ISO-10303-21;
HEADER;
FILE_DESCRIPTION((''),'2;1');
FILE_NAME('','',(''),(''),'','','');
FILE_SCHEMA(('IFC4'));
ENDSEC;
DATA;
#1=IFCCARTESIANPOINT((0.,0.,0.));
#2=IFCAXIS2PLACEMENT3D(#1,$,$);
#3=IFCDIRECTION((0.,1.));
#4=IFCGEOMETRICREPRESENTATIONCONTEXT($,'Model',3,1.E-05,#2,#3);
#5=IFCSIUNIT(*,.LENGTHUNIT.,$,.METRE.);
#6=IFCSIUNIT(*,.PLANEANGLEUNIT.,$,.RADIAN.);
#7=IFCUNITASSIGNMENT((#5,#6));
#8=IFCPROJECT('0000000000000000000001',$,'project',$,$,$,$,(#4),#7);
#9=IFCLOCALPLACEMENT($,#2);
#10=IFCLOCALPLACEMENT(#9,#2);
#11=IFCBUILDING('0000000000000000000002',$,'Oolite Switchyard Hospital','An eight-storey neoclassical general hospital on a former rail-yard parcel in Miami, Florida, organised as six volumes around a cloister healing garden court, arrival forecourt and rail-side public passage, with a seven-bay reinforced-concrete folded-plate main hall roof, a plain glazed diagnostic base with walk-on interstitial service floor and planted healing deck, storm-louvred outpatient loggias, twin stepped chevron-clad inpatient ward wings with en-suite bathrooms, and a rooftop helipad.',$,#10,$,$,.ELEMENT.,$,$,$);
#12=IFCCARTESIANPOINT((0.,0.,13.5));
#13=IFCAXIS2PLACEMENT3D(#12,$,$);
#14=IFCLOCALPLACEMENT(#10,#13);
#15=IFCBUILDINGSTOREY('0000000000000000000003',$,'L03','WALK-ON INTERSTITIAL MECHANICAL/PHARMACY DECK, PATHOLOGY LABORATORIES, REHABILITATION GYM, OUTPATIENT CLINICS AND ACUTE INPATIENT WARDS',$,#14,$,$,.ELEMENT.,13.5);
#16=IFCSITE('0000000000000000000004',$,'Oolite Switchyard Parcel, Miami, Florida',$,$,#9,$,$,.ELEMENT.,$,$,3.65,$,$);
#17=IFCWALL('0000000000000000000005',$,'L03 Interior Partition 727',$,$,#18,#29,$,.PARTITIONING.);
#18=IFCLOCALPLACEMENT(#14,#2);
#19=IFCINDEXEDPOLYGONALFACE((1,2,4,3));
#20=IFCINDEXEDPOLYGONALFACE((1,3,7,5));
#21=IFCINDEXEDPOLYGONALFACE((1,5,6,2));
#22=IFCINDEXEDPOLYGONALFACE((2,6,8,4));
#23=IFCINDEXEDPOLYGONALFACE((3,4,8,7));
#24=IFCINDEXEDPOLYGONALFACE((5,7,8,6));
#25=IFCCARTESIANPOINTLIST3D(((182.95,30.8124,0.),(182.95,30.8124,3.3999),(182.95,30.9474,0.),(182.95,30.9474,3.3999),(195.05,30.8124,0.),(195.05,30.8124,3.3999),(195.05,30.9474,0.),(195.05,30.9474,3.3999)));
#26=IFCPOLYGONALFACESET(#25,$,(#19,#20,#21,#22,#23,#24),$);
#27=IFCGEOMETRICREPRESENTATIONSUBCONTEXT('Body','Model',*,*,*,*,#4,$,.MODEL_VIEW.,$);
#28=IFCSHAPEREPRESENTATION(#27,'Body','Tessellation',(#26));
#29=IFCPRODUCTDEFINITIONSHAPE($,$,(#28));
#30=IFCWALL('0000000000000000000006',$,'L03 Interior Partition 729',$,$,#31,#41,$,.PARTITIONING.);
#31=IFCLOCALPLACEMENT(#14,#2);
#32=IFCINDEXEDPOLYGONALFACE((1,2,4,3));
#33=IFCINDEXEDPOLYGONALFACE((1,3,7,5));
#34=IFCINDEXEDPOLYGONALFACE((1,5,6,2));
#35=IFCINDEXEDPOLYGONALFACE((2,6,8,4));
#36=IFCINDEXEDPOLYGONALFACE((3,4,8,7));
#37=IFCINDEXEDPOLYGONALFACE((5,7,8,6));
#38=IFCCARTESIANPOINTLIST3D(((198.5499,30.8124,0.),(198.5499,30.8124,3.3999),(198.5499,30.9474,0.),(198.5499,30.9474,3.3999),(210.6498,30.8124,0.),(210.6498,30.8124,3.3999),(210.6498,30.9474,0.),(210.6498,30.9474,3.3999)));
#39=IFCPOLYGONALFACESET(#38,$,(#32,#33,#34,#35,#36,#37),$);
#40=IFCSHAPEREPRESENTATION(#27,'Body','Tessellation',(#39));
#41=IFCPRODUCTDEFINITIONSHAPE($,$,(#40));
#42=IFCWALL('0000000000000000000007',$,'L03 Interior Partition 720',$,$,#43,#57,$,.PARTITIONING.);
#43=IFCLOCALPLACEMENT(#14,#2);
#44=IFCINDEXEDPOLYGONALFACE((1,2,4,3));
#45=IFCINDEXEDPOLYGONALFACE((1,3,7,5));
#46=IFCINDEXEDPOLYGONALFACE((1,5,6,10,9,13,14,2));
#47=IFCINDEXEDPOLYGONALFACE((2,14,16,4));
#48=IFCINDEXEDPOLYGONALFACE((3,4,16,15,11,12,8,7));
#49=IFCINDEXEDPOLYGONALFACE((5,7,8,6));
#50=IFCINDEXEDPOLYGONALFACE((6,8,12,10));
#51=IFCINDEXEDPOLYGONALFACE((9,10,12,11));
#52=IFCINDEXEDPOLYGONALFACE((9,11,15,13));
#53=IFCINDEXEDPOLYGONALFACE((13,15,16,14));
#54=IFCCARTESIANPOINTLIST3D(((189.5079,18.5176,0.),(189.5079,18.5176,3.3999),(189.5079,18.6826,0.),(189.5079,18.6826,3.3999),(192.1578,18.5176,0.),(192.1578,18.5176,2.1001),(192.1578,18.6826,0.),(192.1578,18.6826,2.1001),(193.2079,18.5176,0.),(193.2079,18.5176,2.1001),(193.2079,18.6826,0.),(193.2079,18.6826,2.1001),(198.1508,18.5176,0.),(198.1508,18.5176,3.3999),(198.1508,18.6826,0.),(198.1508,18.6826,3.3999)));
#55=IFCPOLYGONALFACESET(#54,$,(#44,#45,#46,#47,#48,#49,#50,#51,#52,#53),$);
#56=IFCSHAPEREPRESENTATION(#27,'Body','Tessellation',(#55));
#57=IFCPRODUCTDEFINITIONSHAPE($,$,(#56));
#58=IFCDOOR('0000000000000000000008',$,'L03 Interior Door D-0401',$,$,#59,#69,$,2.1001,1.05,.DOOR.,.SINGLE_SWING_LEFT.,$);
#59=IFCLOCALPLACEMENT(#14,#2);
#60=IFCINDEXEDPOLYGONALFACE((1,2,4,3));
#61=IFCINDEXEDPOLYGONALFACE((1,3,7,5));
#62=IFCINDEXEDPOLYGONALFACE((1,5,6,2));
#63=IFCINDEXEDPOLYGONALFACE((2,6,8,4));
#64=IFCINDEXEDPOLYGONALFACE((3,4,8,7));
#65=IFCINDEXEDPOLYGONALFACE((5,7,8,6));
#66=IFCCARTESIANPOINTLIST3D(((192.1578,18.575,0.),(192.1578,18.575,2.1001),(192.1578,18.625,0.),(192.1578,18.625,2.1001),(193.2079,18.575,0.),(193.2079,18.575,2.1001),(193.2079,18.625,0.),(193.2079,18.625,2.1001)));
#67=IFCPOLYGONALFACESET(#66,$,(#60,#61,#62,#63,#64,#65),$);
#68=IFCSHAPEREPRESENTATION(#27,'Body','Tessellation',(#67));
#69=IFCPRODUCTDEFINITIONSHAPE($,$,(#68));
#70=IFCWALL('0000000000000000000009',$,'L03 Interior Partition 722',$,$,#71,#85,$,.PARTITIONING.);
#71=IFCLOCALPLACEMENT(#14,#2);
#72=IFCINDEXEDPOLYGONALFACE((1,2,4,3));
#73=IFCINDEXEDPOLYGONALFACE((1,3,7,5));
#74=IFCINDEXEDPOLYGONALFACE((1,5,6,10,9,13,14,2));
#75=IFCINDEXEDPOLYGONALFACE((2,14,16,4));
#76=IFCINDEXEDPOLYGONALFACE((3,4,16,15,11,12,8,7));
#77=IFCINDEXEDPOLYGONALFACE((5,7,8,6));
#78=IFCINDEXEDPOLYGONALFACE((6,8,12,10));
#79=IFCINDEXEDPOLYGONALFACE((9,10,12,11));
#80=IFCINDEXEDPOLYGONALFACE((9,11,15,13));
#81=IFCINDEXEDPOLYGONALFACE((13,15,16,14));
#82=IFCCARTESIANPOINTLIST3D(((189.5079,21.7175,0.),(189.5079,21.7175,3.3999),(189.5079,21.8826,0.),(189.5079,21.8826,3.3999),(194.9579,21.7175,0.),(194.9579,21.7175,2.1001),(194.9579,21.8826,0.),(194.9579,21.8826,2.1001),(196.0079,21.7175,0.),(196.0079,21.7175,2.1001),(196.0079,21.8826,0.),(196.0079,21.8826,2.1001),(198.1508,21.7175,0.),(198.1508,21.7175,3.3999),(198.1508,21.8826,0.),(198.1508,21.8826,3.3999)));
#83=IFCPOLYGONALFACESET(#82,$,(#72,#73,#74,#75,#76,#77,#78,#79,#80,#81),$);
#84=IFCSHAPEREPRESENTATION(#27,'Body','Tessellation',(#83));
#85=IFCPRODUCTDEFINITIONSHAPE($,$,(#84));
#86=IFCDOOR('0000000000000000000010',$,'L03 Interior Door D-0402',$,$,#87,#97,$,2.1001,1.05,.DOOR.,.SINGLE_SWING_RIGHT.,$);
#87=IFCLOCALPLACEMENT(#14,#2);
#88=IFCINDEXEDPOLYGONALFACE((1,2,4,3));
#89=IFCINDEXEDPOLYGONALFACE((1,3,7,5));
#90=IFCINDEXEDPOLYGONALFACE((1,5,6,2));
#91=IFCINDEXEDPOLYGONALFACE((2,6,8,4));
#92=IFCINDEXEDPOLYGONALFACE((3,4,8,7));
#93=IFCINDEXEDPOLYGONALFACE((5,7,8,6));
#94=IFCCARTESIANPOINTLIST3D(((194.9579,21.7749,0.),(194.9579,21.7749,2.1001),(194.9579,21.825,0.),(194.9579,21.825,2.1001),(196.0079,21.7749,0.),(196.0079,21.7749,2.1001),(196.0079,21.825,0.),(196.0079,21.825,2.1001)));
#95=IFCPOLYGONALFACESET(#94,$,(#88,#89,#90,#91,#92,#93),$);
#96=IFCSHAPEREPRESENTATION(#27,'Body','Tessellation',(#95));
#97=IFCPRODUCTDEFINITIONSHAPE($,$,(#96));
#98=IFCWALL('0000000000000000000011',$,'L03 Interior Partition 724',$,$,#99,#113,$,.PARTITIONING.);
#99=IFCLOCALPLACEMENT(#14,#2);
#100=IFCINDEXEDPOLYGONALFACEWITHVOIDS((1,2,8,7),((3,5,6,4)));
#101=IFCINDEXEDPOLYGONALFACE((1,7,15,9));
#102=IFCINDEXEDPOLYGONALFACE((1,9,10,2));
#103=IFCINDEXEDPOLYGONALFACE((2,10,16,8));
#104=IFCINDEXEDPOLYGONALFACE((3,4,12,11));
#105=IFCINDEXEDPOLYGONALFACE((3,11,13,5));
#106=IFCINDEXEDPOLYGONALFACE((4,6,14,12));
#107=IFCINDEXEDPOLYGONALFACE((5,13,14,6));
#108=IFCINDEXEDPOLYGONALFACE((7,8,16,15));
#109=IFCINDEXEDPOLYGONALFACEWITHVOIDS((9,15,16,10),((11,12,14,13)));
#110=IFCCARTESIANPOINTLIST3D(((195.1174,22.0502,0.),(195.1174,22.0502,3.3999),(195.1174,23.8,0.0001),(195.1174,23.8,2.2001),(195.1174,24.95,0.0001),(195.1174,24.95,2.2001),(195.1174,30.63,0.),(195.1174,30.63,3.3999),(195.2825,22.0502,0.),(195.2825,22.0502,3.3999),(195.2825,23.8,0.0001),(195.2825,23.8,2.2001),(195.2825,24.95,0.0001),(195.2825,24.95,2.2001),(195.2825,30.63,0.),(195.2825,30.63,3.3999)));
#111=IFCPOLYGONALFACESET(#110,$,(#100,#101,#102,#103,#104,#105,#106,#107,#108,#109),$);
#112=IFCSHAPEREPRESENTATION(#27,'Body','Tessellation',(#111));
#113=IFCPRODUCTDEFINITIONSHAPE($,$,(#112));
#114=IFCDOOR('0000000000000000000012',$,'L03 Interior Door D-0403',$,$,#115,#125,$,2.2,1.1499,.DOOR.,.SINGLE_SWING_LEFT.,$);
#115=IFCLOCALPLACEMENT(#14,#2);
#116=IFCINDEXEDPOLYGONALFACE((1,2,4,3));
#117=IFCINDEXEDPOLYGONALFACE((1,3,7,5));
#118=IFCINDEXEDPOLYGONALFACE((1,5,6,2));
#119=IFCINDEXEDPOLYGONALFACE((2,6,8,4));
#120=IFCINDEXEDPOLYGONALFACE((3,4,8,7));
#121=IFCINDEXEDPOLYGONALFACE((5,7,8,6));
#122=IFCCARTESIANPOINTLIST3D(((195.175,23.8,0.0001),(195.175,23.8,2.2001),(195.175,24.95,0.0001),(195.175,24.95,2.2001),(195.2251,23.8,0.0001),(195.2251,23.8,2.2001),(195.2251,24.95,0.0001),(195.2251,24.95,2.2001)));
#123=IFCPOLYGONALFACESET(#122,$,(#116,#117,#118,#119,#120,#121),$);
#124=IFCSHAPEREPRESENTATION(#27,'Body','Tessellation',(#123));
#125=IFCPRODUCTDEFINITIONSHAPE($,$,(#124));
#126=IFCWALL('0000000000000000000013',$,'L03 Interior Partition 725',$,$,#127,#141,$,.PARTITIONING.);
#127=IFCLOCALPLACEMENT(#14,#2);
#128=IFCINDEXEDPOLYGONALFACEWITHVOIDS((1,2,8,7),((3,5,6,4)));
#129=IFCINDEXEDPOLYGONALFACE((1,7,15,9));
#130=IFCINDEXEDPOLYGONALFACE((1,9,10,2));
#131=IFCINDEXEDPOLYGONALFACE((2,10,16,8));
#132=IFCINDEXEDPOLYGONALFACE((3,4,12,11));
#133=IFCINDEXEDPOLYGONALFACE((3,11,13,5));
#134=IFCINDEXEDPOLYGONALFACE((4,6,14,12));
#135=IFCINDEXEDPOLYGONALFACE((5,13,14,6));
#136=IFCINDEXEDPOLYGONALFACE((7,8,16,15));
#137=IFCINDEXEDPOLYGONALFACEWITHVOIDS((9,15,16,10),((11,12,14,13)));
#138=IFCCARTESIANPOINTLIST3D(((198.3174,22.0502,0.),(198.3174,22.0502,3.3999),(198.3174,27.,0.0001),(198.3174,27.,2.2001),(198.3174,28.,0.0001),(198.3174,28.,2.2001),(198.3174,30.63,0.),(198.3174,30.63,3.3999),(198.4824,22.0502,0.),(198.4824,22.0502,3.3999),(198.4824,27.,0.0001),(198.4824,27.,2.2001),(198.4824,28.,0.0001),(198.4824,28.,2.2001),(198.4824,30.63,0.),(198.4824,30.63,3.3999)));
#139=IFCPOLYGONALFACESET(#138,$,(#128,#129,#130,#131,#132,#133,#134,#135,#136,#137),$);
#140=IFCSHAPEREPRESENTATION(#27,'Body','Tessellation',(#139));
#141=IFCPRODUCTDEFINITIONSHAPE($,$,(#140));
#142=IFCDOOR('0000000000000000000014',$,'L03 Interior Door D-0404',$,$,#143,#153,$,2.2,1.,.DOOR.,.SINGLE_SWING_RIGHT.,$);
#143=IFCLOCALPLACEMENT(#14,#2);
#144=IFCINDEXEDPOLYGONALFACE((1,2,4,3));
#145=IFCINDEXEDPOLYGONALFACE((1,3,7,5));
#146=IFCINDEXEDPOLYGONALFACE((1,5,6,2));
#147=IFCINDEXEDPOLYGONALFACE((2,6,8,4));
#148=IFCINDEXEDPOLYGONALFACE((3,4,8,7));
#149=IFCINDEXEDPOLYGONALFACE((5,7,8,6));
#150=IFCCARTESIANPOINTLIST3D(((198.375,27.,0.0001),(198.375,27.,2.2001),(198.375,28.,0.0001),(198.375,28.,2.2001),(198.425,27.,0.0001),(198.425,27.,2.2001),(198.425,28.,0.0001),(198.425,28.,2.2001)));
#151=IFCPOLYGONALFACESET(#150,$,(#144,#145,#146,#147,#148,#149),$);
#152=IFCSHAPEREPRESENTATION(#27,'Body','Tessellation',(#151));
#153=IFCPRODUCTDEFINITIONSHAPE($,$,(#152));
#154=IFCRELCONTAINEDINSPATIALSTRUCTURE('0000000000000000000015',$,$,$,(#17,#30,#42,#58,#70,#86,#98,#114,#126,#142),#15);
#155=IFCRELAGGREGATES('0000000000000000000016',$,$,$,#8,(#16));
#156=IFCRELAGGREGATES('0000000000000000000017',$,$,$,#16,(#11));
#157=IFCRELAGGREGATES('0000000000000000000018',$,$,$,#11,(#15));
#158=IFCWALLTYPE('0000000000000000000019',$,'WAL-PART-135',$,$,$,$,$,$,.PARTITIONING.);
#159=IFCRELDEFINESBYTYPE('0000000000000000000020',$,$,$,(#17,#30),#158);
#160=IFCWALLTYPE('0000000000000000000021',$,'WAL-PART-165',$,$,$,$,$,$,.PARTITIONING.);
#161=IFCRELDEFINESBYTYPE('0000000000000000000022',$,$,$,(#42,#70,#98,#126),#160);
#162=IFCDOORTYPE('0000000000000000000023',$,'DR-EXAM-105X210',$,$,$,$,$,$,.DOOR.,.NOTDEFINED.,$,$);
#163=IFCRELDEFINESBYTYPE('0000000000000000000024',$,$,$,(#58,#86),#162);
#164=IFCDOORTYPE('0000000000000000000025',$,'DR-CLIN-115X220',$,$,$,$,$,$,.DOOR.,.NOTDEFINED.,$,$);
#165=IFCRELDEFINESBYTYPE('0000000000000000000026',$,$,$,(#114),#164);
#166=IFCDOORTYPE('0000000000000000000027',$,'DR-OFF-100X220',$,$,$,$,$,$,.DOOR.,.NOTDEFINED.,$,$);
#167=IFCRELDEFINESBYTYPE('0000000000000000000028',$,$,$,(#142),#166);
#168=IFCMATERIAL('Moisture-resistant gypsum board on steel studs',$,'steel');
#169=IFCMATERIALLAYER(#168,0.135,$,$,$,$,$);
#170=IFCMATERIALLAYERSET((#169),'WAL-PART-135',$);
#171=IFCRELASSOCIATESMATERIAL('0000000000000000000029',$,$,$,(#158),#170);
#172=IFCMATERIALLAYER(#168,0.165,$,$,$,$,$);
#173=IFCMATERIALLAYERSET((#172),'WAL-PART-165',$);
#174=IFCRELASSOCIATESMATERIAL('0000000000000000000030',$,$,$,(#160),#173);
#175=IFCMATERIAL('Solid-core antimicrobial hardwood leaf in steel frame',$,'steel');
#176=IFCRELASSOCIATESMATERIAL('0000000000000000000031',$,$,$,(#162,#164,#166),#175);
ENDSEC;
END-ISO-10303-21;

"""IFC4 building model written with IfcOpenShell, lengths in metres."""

from ifc_helpers import new_model, si_unit, direction, frame, frame_2d, origin, place, context, subcontext, project, spatial, rectangle, extrude, material, layer, layer_set, type_object, element, fill, save


model = new_model("IFC4")

# Units and contexts
model_context = context("Model", 3, precision=1e-05, world=origin(), true_north=direction((0.0, 1.0)))
body_context = subcontext(model_context, "Body", "Model", "MODEL_VIEW")
ifc_project = project(units=[si_unit("LENGTHUNIT", "METRE"), si_unit("PLANEANGLEUNIT", "RADIAN")], contexts=[model_context])

# Site, building, storey
site_placement = place(None, origin())
site = spatial("IfcSite", under=ifc_project, at=site_placement, Name="Oolite Switchyard Parcel, Miami, Florida", CompositionType="ELEMENT", RefElevation=3.65)
building_placement = place(site_placement, origin())
building = spatial("IfcBuilding", under=site, at=building_placement, Name="Oolite Switchyard Hospital", Description="An eight-storey neoclassical general hospital on a former rail-yard parcel in Miami, Florida, organised as six volumes around a cloister healing garden court, arrival forecourt and rail-side public passage, with a seven-bay reinforced-concrete folded-plate main hall roof, a plain glazed diagnostic base with walk-on interstitial service floor and planted healing deck, storm-louvred outpatient loggias, twin stepped chevron-clad inpatient ward wings with en-suite bathrooms, and a rooftop helipad.", CompositionType="ELEMENT")
storey_placement = place(building_placement, frame((0.0, 0.0, 13.5)))
storey = spatial("IfcBuildingStorey", under=building, at=storey_placement, Name="L03", Description="WALK-ON INTERSTITIAL MECHANICAL/PHARMACY DECK, PATHOLOGY LABORATORIES, REHABILITATION GYM, OUTPATIENT CLINICS AND ACUTE INPATIENT WARDS", CompositionType="ELEMENT", Elevation=13.5)

# Walls
ifc_material_1 = material(Name="Moisture-resistant gypsum board on steel studs", Category="steel")
ifc_layer_1 = layer(ifc_material_1, 0.135)
ifc_layer_set_1 = layer_set([ifc_layer_1], Name="WAL-PART-135")
wall_type_1 = type_object("IfcWallType", Name="WAL-PART-135", PredefinedType="PARTITIONING", material=ifc_layer_set_1)
wall_1_placement = place(storey_placement, frame((182.95, 30.8799, 0.0), z_axis=(0.0, 0.0, 1.0), x_axis=(1.0, 0.0, 0.0)))
element("IfcWall", 1, at=wall_1_placement, inside=storey, type_object=wall_type_1, Name="L03 Interior Partition 727", PredefinedType="PARTITIONING", context=body_context, shape_type="SweptSolid", body=[
    extrude(rectangle(XDim=12.1001, YDim=0.135, at=frame_2d((6.05, 0.0))), origin(), (0.0, 0.0, 1.0), 3.3999),
])
wall_2_placement = place(storey_placement, frame((198.55, 30.8799, 0.0), z_axis=(0.0, 0.0, 1.0), x_axis=(1.0, 0.0, 0.0)))
element("IfcWall", 2, at=wall_2_placement, inside=storey, type_object=wall_type_1, Name="L03 Interior Partition 729", PredefinedType="PARTITIONING", context=body_context, shape_type="SweptSolid", body=[
    extrude(rectangle(XDim=12.0999, YDim=0.135, at=frame_2d((6.0498, 0.0))), origin(), (0.0, 0.0, 1.0), 3.3999),
])

# Walls, openings, doors
ifc_layer_2 = layer(ifc_material_1, 0.165)
ifc_layer_set_2 = layer_set([ifc_layer_2], Name="WAL-PART-165")
wall_type_2 = type_object("IfcWallType", Name="WAL-PART-165", PredefinedType="PARTITIONING", material=ifc_layer_set_2)
wall_3_placement = place(storey_placement, frame((189.5081, 18.6001, 0.0), z_axis=(0.0, 0.0, 1.0), x_axis=(1.0, 0.0, 0.0)))
wall_3 = element("IfcWall", 3, at=wall_3_placement, inside=storey, type_object=wall_type_2, Name="L03 Interior Partition 720", PredefinedType="PARTITIONING", context=body_context, shape_type="SweptSolid", body=[
    extrude(rectangle(XDim=8.6428, YDim=0.165, at=frame_2d((4.3213, 0.0))), origin(), (0.0, 0.0, 1.0), 3.3999),
])
opening_1_placement = place(wall_3_placement, frame((2.6499, 0.0, 0.0)))
opening_1 = element("IfcOpeningElement", 4, at=opening_1_placement, cuts=wall_3, PredefinedType="OPENING", context=body_context, shape_type="SweptSolid", body=[
    extrude(rectangle(XDim=1.05, YDim=2.1001, at=frame_2d((0.5249, 1.05))), frame((0.0, 0.0925, 0.0), z_axis=(0.0, -1.0, 0.0), x_axis=(1.0, 0.0, 0.0)), (0.0, 0.0, 1.0), 0.1851),
])
ifc_material_2 = material(Name="Solid-core antimicrobial hardwood leaf in steel frame", Category="steel")
door_type_1 = type_object("IfcDoorType", Name="DR-EXAM-105X210", OperationType="NOTDEFINED", PredefinedType="DOOR", material=ifc_material_2)
door_1_placement = place(opening_1_placement, origin())
door_1 = element("IfcDoor", 5, at=door_1_placement, inside=storey, type_object=door_type_1, Name="L03 Interior Door D-0401", OperationType="SINGLE_SWING_LEFT", OverallHeight=2.1001, OverallWidth=1.05, PredefinedType="DOOR", context=body_context, shape_type="SweptSolid", body=[
    extrude(rectangle(XDim=1.05, YDim=2.1001, at=frame_2d((0.5249, 1.05))), frame((0.0, 0.0249, 0.0), z_axis=(0.0, -1.0, 0.0), x_axis=(1.0, 0.0, 0.0)), (0.0, 0.0, 1.0), 0.05),
])
fill(opening_1, door_1)
wall_4_placement = place(storey_placement, frame((189.5081, 21.8, 0.0), z_axis=(0.0, 0.0, 1.0), x_axis=(1.0, 0.0, 0.0)))
wall_4 = element("IfcWall", 6, at=wall_4_placement, inside=storey, type_object=wall_type_2, Name="L03 Interior Partition 722", PredefinedType="PARTITIONING", context=body_context, shape_type="SweptSolid", body=[
    extrude(rectangle(XDim=8.6428, YDim=0.165, at=frame_2d((4.3213, 0.0))), origin(), (0.0, 0.0, 1.0), 3.3999),
])
opening_2_placement = place(wall_4_placement, frame((5.45, 0.0, 0.0)))
opening_2 = element("IfcOpeningElement", 7, at=opening_2_placement, cuts=wall_4, PredefinedType="OPENING", context=body_context, shape_type="SweptSolid", body=[
    extrude(rectangle(XDim=1.05, YDim=2.1001, at=frame_2d((0.5249, 1.05))), frame((0.0, 0.0925, 0.0), z_axis=(0.0, -1.0, 0.0), x_axis=(1.0, 0.0, 0.0)), (0.0, 0.0, 1.0), 0.1851),
])
door_2_placement = place(opening_2_placement, origin())
door_2 = element("IfcDoor", 8, at=door_2_placement, inside=storey, type_object=door_type_1, Name="L03 Interior Door D-0402", OperationType="SINGLE_SWING_RIGHT", OverallHeight=2.1001, OverallWidth=1.05, PredefinedType="DOOR", context=body_context, shape_type="SweptSolid", body=[
    extrude(rectangle(XDim=1.05, YDim=2.1001, at=frame_2d((0.5249, 1.05))), frame((0.0, 0.0249, 0.0), z_axis=(0.0, -1.0, 0.0), x_axis=(1.0, 0.0, 0.0)), (0.0, 0.0, 1.0), 0.05),
])
fill(opening_2, door_2)
wall_5_placement = place(storey_placement, frame((195.2, 22.05, 0.0), z_axis=(0.0, 0.0, 1.0), x_axis=(0.0, 1.0, 0.0)))
wall_5 = element("IfcWall", 9, at=wall_5_placement, inside=storey, type_object=wall_type_2, Name="L03 Interior Partition 724", PredefinedType="PARTITIONING", context=body_context, shape_type="SweptSolid", body=[
    extrude(rectangle(XDim=8.5798, YDim=0.165, at=frame_2d((4.29, 0.0))), origin(), (0.0, 0.0, 1.0), 3.3999),
])
opening_3_placement = place(wall_5_placement, frame((1.75, 0.0, 0.0)))
opening_3 = element("IfcOpeningElement", 10, at=opening_3_placement, cuts=wall_5, PredefinedType="OPENING", context=body_context, shape_type="SweptSolid", body=[
    extrude(rectangle(XDim=1.1499, YDim=2.2, at=frame_2d((0.575, 1.1001))), frame((0.0, 0.0925, 0.0), z_axis=(0.0, -1.0, 0.0), x_axis=(1.0, 0.0, 0.0)), (0.0, 0.0, 1.0), 0.1851),
])
door_type_2 = type_object("IfcDoorType", Name="DR-CLIN-115X220", OperationType="NOTDEFINED", PredefinedType="DOOR", material=ifc_material_2)
door_3_placement = place(opening_3_placement, origin())
door_3 = element("IfcDoor", 11, at=door_3_placement, inside=storey, type_object=door_type_2, Name="L03 Interior Door D-0403", OperationType="SINGLE_SWING_LEFT", OverallHeight=2.2, OverallWidth=1.1499, PredefinedType="DOOR", context=body_context, shape_type="SweptSolid", body=[
    extrude(rectangle(XDim=1.1499, YDim=2.2, at=frame_2d((0.575, 1.1001))), frame((0.0, 0.0249, 0.0), z_axis=(0.0, -1.0, 0.0), x_axis=(1.0, 0.0, 0.0)), (0.0, 0.0, 1.0), 0.05),
])
fill(opening_3, door_3)
wall_6_placement = place(storey_placement, frame((198.3999, 22.05, 0.0), z_axis=(0.0, 0.0, 1.0), x_axis=(0.0, 1.0, 0.0)))
wall_6 = element("IfcWall", 12, at=wall_6_placement, inside=storey, type_object=wall_type_2, Name="L03 Interior Partition 725", PredefinedType="PARTITIONING", context=body_context, shape_type="SweptSolid", body=[
    extrude(rectangle(XDim=8.5798, YDim=0.165, at=frame_2d((4.29, 0.0))), origin(), (0.0, 0.0, 1.0), 3.3999),
])
opening_4_placement = place(wall_6_placement, frame((4.95, 0.0, 0.0)))
opening_4 = element("IfcOpeningElement", 13, at=opening_4_placement, cuts=wall_6, PredefinedType="OPENING", context=body_context, shape_type="SweptSolid", body=[
    extrude(rectangle(XDim=1.0, YDim=2.2, at=frame_2d((0.5, 1.1001))), frame((0.0, 0.0925, 0.0), z_axis=(0.0, -1.0, 0.0), x_axis=(1.0, 0.0, 0.0)), (0.0, 0.0, 1.0), 0.1851),
])
door_type_3 = type_object("IfcDoorType", Name="DR-OFF-100X220", OperationType="NOTDEFINED", PredefinedType="DOOR", material=ifc_material_2)
door_4_placement = place(opening_4_placement, origin())
door_4 = element("IfcDoor", 14, at=door_4_placement, inside=storey, type_object=door_type_3, Name="L03 Interior Door D-0404", OperationType="SINGLE_SWING_RIGHT", OverallHeight=2.2, OverallWidth=1.0, PredefinedType="DOOR", context=body_context, shape_type="SweptSolid", body=[
    extrude(rectangle(XDim=1.0, YDim=2.2, at=frame_2d((0.5, 1.1001))), frame((0.0, 0.0249, 0.0), z_axis=(0.0, -1.0, 0.0), x_axis=(1.0, 0.0, 0.0)), (0.0, 0.0, 1.0), 0.05),
])
fill(opening_4, door_4)

save(model, "model.ifc")
